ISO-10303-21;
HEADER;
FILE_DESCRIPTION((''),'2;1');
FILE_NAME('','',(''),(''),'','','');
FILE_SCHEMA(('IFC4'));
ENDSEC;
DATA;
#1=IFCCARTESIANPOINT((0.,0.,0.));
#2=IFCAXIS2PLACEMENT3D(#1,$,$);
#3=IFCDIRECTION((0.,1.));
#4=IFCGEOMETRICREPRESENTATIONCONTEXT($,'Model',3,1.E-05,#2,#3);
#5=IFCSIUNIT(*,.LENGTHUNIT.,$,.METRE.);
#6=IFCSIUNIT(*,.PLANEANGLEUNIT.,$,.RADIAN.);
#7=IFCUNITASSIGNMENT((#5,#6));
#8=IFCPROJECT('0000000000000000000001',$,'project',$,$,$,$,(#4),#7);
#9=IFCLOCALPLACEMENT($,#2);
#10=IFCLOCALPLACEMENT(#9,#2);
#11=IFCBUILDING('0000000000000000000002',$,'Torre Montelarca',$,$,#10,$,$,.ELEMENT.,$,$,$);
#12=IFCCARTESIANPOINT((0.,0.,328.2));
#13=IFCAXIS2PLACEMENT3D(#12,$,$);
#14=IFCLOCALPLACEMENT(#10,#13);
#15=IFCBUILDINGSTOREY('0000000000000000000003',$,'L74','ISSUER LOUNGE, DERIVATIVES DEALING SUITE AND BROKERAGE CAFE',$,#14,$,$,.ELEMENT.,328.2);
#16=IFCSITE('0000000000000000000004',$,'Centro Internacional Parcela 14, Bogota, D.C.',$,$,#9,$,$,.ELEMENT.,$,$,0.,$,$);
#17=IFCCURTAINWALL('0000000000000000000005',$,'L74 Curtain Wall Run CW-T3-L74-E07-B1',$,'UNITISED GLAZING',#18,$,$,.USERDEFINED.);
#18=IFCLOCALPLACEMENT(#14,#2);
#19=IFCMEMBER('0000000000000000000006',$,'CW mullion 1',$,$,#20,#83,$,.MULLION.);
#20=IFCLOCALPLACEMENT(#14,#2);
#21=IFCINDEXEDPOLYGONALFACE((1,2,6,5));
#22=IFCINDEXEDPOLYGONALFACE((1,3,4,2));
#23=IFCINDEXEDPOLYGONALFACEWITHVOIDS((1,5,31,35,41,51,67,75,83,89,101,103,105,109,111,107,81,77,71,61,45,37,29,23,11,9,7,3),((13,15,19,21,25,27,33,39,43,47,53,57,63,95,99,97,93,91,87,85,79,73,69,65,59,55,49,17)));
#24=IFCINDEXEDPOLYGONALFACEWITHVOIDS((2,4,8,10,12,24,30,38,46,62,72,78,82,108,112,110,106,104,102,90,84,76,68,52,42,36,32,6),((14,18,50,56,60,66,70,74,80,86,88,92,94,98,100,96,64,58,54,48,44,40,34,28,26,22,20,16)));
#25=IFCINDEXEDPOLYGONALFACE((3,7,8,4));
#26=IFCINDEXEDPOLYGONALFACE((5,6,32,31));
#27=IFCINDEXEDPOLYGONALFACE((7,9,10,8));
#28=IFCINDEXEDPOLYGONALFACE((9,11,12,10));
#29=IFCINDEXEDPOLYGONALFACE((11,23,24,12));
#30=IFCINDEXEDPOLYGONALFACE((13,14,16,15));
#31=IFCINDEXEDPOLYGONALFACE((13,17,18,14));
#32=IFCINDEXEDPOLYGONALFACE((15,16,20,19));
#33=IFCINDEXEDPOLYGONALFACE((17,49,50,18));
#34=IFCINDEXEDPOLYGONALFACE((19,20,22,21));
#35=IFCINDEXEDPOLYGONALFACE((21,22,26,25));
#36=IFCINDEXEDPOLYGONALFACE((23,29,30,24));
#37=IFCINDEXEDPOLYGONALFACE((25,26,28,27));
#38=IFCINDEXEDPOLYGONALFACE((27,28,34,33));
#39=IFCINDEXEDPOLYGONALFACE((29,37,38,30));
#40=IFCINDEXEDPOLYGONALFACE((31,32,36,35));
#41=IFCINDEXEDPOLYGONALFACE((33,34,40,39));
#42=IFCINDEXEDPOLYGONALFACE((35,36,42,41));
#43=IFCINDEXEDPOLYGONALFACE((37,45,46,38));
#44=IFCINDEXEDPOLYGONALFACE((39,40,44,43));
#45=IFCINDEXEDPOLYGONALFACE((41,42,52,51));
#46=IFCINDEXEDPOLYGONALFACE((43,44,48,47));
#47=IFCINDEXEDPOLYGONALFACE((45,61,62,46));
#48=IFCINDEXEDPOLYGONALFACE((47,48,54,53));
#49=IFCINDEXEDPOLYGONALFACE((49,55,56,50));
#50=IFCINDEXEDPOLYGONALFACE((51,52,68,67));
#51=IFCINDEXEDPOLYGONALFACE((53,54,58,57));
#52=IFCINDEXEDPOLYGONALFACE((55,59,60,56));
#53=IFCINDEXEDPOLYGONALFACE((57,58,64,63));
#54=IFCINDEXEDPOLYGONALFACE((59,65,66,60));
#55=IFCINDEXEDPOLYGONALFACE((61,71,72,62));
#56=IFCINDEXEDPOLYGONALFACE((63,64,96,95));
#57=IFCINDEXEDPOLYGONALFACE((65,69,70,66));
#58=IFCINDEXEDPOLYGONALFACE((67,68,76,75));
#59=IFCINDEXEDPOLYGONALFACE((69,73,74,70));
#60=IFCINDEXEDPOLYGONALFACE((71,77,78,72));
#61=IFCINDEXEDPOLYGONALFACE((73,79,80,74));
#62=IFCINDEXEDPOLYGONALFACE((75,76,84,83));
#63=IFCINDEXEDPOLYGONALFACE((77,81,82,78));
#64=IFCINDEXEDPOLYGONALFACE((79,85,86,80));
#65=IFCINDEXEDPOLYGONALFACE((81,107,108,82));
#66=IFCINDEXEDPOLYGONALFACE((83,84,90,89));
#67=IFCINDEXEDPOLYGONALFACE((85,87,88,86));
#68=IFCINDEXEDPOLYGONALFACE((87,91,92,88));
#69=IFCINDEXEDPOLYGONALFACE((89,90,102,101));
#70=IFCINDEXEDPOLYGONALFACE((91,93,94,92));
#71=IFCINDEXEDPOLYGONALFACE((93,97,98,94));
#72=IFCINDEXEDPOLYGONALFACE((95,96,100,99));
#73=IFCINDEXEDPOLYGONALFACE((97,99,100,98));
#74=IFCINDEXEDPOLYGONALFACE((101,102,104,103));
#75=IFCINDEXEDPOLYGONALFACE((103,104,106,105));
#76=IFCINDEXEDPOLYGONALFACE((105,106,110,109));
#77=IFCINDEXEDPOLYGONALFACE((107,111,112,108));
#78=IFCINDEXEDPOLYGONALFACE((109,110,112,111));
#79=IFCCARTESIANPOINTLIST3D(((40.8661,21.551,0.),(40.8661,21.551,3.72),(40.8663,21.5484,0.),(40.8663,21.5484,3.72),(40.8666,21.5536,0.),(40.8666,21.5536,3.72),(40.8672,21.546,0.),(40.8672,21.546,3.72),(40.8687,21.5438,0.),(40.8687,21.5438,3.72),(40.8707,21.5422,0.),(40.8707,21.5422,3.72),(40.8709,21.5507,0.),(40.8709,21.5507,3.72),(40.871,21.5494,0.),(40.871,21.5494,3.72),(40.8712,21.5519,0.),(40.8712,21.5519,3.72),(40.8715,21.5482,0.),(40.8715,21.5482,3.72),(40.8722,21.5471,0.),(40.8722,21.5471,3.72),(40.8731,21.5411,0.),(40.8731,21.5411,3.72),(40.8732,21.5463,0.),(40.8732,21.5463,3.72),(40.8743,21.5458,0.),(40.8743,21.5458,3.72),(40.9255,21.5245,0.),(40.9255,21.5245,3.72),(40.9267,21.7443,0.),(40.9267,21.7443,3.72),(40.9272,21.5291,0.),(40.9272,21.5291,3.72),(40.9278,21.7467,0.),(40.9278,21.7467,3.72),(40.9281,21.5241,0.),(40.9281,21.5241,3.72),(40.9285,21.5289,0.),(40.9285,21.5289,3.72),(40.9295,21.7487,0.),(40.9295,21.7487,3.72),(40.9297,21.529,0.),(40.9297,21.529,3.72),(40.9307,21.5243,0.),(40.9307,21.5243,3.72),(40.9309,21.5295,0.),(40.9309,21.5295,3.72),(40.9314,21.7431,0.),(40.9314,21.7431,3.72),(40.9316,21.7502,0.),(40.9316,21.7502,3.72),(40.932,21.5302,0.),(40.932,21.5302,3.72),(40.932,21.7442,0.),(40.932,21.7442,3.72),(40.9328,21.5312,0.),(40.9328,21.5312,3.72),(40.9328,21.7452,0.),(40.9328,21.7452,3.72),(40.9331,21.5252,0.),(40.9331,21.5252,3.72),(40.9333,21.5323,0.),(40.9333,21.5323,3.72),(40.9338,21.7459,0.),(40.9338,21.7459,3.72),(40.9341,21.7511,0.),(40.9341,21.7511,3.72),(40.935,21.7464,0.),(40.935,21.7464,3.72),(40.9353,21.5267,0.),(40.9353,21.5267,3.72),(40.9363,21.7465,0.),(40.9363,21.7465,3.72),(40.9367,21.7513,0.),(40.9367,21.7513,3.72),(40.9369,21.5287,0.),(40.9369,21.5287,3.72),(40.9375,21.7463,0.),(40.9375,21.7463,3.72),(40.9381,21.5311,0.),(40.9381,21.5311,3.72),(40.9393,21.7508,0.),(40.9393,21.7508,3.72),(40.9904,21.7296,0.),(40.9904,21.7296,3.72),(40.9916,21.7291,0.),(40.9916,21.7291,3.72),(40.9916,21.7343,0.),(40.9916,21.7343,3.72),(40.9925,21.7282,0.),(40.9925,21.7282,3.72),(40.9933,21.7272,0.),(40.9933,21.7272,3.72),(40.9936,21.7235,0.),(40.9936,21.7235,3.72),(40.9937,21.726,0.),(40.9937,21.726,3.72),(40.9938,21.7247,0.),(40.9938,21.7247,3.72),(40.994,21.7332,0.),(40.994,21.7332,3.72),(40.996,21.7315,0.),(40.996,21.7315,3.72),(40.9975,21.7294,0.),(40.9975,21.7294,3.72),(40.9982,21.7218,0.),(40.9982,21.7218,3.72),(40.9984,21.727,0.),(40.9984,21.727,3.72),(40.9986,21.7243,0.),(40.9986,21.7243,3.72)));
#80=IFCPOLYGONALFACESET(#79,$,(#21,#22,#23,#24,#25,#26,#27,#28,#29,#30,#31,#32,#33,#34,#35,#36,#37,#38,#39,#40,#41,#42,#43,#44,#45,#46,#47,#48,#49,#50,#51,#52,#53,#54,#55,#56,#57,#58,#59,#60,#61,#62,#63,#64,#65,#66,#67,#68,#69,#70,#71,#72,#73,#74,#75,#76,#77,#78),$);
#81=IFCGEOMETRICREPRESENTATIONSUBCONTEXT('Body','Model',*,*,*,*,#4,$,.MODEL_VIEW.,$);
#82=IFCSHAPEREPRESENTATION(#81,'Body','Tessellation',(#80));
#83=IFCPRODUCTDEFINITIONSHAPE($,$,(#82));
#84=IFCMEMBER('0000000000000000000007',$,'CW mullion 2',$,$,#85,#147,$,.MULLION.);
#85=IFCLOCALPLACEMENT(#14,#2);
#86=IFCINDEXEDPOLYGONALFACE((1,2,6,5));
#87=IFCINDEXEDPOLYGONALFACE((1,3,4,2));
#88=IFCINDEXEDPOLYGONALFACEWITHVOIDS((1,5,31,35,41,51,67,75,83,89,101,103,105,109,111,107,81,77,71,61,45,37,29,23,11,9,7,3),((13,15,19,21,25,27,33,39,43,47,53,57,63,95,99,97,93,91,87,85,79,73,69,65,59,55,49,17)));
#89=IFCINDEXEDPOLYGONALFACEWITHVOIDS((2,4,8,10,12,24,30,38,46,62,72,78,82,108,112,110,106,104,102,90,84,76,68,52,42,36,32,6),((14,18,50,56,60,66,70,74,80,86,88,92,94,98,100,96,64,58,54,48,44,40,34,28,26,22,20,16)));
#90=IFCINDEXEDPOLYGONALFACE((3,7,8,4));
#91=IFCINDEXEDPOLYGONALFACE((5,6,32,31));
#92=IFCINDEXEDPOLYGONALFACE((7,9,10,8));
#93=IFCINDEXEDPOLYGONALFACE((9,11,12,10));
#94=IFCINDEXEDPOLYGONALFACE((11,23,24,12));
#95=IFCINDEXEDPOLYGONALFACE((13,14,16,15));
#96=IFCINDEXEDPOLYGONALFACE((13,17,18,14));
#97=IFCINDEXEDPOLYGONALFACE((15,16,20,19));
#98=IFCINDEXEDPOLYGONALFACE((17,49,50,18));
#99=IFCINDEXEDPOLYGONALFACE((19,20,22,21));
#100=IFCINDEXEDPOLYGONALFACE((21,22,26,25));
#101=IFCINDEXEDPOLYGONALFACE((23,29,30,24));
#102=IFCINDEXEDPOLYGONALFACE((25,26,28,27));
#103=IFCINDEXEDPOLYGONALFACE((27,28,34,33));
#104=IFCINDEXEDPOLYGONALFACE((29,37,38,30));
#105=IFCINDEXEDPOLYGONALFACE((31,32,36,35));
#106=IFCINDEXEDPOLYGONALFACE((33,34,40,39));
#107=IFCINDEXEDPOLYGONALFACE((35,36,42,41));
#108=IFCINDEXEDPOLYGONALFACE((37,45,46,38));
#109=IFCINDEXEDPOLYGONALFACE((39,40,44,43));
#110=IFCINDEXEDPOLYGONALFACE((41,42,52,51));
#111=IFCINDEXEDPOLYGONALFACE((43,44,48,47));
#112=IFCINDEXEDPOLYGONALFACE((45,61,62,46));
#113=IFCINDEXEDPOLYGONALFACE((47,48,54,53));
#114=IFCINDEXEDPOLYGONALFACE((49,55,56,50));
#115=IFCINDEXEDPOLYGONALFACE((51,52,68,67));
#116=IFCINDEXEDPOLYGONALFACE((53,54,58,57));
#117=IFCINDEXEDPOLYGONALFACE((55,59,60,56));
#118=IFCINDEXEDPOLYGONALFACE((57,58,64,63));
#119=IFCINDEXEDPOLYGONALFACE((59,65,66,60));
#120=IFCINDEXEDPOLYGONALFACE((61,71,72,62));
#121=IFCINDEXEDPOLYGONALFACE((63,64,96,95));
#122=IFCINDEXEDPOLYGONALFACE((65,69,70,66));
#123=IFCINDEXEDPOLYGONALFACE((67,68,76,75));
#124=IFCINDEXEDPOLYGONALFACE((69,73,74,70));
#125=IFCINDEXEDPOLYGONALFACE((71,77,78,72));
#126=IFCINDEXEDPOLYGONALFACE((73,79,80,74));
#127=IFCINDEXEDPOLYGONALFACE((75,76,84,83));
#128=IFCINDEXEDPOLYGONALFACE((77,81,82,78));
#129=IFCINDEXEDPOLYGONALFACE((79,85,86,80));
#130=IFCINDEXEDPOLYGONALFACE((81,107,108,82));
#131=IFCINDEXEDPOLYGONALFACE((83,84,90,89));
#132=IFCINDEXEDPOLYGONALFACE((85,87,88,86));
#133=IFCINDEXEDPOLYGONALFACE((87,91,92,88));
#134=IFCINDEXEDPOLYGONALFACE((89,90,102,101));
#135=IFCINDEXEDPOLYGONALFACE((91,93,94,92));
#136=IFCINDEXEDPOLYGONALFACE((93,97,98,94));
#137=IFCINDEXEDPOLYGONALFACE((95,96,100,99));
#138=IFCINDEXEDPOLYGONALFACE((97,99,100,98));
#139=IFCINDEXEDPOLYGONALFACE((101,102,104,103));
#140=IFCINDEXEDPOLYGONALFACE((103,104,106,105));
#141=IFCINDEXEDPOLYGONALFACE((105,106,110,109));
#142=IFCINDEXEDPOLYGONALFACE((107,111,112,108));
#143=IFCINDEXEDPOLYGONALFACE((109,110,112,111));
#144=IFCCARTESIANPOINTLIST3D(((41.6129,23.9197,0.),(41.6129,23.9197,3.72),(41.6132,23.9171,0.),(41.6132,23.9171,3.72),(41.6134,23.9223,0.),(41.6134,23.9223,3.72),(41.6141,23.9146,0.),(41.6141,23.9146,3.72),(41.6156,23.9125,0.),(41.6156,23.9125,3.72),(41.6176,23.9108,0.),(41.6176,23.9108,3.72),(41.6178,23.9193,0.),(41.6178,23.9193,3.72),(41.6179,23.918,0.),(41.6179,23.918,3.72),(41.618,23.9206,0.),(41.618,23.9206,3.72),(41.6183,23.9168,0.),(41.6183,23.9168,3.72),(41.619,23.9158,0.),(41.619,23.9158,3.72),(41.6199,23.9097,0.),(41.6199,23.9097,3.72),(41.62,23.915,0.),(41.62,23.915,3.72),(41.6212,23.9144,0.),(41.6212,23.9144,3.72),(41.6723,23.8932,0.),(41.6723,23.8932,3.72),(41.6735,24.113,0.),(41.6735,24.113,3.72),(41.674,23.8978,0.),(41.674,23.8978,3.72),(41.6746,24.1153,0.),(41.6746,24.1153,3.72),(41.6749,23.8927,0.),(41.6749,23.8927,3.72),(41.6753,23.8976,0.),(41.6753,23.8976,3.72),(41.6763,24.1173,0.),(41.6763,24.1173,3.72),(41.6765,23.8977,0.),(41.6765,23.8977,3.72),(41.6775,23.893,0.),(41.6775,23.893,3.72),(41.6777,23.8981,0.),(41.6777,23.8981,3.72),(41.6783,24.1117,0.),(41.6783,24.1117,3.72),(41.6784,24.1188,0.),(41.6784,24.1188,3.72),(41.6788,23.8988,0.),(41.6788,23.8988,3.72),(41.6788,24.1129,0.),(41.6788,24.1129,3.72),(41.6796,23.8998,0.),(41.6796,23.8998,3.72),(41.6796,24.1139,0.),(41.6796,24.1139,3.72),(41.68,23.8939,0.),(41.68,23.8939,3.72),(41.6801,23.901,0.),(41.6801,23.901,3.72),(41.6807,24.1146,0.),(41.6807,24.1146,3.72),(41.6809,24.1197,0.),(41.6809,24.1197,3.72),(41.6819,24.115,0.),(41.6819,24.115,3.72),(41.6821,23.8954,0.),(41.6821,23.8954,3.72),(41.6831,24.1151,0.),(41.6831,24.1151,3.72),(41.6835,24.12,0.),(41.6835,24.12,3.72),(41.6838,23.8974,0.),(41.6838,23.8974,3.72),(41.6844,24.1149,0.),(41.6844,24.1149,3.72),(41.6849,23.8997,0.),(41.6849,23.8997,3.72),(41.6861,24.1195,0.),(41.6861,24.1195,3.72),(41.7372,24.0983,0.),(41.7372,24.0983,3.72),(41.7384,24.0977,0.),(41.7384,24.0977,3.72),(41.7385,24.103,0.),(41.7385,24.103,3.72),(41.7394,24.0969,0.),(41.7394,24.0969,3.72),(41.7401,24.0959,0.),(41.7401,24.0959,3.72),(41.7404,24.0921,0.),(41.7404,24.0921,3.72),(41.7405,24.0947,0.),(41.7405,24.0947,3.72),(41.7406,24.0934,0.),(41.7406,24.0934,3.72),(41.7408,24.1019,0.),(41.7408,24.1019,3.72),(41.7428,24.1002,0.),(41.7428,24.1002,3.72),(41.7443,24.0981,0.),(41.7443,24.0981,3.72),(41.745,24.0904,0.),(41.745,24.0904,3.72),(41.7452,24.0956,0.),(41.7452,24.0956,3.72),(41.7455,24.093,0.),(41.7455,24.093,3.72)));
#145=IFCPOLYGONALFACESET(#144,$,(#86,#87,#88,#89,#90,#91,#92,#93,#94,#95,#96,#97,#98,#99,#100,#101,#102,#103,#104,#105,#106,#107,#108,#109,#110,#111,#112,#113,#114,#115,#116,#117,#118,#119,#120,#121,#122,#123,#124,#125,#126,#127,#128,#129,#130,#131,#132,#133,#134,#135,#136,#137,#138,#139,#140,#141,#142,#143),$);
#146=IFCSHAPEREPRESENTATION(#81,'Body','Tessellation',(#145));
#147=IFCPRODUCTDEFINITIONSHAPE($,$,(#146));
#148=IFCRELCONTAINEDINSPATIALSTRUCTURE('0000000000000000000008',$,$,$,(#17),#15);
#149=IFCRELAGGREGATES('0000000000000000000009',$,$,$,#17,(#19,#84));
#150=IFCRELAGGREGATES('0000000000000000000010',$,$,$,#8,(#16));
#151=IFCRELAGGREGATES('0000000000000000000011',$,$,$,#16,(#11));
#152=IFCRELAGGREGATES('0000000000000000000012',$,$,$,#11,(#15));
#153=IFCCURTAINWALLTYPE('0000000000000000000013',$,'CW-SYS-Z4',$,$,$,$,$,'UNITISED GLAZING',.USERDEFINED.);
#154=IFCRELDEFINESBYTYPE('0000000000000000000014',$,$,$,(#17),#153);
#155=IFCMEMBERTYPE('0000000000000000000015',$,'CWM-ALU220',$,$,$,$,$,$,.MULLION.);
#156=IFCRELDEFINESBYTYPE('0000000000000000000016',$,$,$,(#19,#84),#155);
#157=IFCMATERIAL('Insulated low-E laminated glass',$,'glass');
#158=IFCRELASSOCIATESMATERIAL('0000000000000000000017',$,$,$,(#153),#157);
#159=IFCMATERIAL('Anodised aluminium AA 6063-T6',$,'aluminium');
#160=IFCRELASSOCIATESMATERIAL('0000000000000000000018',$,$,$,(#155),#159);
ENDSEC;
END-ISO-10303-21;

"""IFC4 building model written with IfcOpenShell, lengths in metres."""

from ifc_helpers import new_model, si_unit, direction, frame, origin, origin_2d, place, context, subcontext, project, spatial, hollow_rectangle, extrude, source, transform, mapped, material, material_profile, profile_set, type_object, element, aggregate, save


model = new_model("IFC4")

# Units and contexts
model_context = context("Model", 3, precision=1e-05, world=origin(), true_north=direction((0.0, 1.0)))
body_context = subcontext(model_context, "Body", "Model", "MODEL_VIEW")
ifc_project = project(units=[si_unit("LENGTHUNIT", "METRE"), si_unit("PLANEANGLEUNIT", "RADIAN")], contexts=[model_context])

# Site, building, storey
site_placement = place(None, origin())
site = spatial("IfcSite", under=ifc_project, at=site_placement, Name="Centro Internacional Parcela 14, Bogota, D.C.", CompositionType="ELEMENT", RefElevation=0.0)
building_placement = place(site_placement, origin())
building = spatial("IfcBuilding", under=site, at=building_placement, Name="Torre Montelarca", CompositionType="ELEMENT")
storey_placement = place(building_placement, frame((0.0, 0.0, 328.2)))
storey = spatial("IfcBuildingStorey", under=building, at=storey_placement, Name="L74", Description="ISSUER LOUNGE, DERIVATIVES DEALING SUITE AND BROKERAGE CAFE", CompositionType="ELEMENT", Elevation=328.2)

# Curtain wall, members
ifc_material_1 = material(Name="Insulated low-E laminated glass", Category="glass")
curtain_wall_type = type_object("IfcCurtainWallType", Name="CW-SYS-Z4", ElementType="UNITISED GLAZING", PredefinedType="USERDEFINED", material=ifc_material_1)
ifc_material_2 = material(Name="Anodised aluminium AA 6063-T6", Category="aluminium")
ifc_material_profile_1 = material_profile(ifc_material_2, hollow_rectangle(XDim=0.075, YDim=0.22, WallThickness=0.0049, InnerFilletRadius=0.0049, OuterFilletRadius=0.01, at=origin_2d()), Name="ALU75X220X5", Category="aluminium")
ifc_profile_set_1 = profile_set([ifc_material_profile_1], Name="Anodised aluminium AA 6063-T6")
member_type_1 = type_object("IfcMemberType", Name="CWM-ALU220", PredefinedType="MULLION", material=ifc_profile_set_1)
shared_shape_1 = source(origin(), body_context, "Body", "SweptSolid", [
    extrude(hollow_rectangle(XDim=0.075, YDim=0.22, WallThickness=0.0049, InnerFilletRadius=0.0049, OuterFilletRadius=0.01, at=origin_2d()), origin(), (0.0, 0.0, 1.0), 3.72),
])
curtain_wall_1_placement = place(storey_placement, origin())
curtain_wall_1 = element("IfcCurtainWall", 1, at=curtain_wall_1_placement, inside=storey, type_object=curtain_wall_type, Name="L74 Curtain Wall Run CW-T3-L74-E07-B1", ObjectType="UNITISED GLAZING", PredefinedType="USERDEFINED")
member_1_placement = place(storey_placement, frame((40.9324, 21.6377, 0.0), z_axis=(0.0, 0.0, 1.0), x_axis=(-0.953721, 0.300693, 0.0)))
member_1 = element("IfcMember", 2, at=member_1_placement, type_object=member_type_1, Name="CW mullion 1", PredefinedType="MULLION", context=body_context, shape_type="MappedRepresentation", body=[
    mapped(shared_shape_1, transform((0.0, 0.0, 0.0), scale=1.0)),
])
member_2_placement = place(storey_placement, frame((41.6792, 24.0063, 0.0), z_axis=(0.0, 0.0, 1.0), x_axis=(-0.953721, 0.300693, 0.0)))
member_2 = element("IfcMember", 3, at=member_2_placement, type_object=member_type_1, Name="CW mullion 2", PredefinedType="MULLION", context=body_context, shape_type="MappedRepresentation", body=[
    mapped(shared_shape_1, transform((0.0, 0.0, 0.0), scale=1.0)),
])

aggregate(curtain_wall_1, [member_1, member_2])

save(model, "model.ifc")
